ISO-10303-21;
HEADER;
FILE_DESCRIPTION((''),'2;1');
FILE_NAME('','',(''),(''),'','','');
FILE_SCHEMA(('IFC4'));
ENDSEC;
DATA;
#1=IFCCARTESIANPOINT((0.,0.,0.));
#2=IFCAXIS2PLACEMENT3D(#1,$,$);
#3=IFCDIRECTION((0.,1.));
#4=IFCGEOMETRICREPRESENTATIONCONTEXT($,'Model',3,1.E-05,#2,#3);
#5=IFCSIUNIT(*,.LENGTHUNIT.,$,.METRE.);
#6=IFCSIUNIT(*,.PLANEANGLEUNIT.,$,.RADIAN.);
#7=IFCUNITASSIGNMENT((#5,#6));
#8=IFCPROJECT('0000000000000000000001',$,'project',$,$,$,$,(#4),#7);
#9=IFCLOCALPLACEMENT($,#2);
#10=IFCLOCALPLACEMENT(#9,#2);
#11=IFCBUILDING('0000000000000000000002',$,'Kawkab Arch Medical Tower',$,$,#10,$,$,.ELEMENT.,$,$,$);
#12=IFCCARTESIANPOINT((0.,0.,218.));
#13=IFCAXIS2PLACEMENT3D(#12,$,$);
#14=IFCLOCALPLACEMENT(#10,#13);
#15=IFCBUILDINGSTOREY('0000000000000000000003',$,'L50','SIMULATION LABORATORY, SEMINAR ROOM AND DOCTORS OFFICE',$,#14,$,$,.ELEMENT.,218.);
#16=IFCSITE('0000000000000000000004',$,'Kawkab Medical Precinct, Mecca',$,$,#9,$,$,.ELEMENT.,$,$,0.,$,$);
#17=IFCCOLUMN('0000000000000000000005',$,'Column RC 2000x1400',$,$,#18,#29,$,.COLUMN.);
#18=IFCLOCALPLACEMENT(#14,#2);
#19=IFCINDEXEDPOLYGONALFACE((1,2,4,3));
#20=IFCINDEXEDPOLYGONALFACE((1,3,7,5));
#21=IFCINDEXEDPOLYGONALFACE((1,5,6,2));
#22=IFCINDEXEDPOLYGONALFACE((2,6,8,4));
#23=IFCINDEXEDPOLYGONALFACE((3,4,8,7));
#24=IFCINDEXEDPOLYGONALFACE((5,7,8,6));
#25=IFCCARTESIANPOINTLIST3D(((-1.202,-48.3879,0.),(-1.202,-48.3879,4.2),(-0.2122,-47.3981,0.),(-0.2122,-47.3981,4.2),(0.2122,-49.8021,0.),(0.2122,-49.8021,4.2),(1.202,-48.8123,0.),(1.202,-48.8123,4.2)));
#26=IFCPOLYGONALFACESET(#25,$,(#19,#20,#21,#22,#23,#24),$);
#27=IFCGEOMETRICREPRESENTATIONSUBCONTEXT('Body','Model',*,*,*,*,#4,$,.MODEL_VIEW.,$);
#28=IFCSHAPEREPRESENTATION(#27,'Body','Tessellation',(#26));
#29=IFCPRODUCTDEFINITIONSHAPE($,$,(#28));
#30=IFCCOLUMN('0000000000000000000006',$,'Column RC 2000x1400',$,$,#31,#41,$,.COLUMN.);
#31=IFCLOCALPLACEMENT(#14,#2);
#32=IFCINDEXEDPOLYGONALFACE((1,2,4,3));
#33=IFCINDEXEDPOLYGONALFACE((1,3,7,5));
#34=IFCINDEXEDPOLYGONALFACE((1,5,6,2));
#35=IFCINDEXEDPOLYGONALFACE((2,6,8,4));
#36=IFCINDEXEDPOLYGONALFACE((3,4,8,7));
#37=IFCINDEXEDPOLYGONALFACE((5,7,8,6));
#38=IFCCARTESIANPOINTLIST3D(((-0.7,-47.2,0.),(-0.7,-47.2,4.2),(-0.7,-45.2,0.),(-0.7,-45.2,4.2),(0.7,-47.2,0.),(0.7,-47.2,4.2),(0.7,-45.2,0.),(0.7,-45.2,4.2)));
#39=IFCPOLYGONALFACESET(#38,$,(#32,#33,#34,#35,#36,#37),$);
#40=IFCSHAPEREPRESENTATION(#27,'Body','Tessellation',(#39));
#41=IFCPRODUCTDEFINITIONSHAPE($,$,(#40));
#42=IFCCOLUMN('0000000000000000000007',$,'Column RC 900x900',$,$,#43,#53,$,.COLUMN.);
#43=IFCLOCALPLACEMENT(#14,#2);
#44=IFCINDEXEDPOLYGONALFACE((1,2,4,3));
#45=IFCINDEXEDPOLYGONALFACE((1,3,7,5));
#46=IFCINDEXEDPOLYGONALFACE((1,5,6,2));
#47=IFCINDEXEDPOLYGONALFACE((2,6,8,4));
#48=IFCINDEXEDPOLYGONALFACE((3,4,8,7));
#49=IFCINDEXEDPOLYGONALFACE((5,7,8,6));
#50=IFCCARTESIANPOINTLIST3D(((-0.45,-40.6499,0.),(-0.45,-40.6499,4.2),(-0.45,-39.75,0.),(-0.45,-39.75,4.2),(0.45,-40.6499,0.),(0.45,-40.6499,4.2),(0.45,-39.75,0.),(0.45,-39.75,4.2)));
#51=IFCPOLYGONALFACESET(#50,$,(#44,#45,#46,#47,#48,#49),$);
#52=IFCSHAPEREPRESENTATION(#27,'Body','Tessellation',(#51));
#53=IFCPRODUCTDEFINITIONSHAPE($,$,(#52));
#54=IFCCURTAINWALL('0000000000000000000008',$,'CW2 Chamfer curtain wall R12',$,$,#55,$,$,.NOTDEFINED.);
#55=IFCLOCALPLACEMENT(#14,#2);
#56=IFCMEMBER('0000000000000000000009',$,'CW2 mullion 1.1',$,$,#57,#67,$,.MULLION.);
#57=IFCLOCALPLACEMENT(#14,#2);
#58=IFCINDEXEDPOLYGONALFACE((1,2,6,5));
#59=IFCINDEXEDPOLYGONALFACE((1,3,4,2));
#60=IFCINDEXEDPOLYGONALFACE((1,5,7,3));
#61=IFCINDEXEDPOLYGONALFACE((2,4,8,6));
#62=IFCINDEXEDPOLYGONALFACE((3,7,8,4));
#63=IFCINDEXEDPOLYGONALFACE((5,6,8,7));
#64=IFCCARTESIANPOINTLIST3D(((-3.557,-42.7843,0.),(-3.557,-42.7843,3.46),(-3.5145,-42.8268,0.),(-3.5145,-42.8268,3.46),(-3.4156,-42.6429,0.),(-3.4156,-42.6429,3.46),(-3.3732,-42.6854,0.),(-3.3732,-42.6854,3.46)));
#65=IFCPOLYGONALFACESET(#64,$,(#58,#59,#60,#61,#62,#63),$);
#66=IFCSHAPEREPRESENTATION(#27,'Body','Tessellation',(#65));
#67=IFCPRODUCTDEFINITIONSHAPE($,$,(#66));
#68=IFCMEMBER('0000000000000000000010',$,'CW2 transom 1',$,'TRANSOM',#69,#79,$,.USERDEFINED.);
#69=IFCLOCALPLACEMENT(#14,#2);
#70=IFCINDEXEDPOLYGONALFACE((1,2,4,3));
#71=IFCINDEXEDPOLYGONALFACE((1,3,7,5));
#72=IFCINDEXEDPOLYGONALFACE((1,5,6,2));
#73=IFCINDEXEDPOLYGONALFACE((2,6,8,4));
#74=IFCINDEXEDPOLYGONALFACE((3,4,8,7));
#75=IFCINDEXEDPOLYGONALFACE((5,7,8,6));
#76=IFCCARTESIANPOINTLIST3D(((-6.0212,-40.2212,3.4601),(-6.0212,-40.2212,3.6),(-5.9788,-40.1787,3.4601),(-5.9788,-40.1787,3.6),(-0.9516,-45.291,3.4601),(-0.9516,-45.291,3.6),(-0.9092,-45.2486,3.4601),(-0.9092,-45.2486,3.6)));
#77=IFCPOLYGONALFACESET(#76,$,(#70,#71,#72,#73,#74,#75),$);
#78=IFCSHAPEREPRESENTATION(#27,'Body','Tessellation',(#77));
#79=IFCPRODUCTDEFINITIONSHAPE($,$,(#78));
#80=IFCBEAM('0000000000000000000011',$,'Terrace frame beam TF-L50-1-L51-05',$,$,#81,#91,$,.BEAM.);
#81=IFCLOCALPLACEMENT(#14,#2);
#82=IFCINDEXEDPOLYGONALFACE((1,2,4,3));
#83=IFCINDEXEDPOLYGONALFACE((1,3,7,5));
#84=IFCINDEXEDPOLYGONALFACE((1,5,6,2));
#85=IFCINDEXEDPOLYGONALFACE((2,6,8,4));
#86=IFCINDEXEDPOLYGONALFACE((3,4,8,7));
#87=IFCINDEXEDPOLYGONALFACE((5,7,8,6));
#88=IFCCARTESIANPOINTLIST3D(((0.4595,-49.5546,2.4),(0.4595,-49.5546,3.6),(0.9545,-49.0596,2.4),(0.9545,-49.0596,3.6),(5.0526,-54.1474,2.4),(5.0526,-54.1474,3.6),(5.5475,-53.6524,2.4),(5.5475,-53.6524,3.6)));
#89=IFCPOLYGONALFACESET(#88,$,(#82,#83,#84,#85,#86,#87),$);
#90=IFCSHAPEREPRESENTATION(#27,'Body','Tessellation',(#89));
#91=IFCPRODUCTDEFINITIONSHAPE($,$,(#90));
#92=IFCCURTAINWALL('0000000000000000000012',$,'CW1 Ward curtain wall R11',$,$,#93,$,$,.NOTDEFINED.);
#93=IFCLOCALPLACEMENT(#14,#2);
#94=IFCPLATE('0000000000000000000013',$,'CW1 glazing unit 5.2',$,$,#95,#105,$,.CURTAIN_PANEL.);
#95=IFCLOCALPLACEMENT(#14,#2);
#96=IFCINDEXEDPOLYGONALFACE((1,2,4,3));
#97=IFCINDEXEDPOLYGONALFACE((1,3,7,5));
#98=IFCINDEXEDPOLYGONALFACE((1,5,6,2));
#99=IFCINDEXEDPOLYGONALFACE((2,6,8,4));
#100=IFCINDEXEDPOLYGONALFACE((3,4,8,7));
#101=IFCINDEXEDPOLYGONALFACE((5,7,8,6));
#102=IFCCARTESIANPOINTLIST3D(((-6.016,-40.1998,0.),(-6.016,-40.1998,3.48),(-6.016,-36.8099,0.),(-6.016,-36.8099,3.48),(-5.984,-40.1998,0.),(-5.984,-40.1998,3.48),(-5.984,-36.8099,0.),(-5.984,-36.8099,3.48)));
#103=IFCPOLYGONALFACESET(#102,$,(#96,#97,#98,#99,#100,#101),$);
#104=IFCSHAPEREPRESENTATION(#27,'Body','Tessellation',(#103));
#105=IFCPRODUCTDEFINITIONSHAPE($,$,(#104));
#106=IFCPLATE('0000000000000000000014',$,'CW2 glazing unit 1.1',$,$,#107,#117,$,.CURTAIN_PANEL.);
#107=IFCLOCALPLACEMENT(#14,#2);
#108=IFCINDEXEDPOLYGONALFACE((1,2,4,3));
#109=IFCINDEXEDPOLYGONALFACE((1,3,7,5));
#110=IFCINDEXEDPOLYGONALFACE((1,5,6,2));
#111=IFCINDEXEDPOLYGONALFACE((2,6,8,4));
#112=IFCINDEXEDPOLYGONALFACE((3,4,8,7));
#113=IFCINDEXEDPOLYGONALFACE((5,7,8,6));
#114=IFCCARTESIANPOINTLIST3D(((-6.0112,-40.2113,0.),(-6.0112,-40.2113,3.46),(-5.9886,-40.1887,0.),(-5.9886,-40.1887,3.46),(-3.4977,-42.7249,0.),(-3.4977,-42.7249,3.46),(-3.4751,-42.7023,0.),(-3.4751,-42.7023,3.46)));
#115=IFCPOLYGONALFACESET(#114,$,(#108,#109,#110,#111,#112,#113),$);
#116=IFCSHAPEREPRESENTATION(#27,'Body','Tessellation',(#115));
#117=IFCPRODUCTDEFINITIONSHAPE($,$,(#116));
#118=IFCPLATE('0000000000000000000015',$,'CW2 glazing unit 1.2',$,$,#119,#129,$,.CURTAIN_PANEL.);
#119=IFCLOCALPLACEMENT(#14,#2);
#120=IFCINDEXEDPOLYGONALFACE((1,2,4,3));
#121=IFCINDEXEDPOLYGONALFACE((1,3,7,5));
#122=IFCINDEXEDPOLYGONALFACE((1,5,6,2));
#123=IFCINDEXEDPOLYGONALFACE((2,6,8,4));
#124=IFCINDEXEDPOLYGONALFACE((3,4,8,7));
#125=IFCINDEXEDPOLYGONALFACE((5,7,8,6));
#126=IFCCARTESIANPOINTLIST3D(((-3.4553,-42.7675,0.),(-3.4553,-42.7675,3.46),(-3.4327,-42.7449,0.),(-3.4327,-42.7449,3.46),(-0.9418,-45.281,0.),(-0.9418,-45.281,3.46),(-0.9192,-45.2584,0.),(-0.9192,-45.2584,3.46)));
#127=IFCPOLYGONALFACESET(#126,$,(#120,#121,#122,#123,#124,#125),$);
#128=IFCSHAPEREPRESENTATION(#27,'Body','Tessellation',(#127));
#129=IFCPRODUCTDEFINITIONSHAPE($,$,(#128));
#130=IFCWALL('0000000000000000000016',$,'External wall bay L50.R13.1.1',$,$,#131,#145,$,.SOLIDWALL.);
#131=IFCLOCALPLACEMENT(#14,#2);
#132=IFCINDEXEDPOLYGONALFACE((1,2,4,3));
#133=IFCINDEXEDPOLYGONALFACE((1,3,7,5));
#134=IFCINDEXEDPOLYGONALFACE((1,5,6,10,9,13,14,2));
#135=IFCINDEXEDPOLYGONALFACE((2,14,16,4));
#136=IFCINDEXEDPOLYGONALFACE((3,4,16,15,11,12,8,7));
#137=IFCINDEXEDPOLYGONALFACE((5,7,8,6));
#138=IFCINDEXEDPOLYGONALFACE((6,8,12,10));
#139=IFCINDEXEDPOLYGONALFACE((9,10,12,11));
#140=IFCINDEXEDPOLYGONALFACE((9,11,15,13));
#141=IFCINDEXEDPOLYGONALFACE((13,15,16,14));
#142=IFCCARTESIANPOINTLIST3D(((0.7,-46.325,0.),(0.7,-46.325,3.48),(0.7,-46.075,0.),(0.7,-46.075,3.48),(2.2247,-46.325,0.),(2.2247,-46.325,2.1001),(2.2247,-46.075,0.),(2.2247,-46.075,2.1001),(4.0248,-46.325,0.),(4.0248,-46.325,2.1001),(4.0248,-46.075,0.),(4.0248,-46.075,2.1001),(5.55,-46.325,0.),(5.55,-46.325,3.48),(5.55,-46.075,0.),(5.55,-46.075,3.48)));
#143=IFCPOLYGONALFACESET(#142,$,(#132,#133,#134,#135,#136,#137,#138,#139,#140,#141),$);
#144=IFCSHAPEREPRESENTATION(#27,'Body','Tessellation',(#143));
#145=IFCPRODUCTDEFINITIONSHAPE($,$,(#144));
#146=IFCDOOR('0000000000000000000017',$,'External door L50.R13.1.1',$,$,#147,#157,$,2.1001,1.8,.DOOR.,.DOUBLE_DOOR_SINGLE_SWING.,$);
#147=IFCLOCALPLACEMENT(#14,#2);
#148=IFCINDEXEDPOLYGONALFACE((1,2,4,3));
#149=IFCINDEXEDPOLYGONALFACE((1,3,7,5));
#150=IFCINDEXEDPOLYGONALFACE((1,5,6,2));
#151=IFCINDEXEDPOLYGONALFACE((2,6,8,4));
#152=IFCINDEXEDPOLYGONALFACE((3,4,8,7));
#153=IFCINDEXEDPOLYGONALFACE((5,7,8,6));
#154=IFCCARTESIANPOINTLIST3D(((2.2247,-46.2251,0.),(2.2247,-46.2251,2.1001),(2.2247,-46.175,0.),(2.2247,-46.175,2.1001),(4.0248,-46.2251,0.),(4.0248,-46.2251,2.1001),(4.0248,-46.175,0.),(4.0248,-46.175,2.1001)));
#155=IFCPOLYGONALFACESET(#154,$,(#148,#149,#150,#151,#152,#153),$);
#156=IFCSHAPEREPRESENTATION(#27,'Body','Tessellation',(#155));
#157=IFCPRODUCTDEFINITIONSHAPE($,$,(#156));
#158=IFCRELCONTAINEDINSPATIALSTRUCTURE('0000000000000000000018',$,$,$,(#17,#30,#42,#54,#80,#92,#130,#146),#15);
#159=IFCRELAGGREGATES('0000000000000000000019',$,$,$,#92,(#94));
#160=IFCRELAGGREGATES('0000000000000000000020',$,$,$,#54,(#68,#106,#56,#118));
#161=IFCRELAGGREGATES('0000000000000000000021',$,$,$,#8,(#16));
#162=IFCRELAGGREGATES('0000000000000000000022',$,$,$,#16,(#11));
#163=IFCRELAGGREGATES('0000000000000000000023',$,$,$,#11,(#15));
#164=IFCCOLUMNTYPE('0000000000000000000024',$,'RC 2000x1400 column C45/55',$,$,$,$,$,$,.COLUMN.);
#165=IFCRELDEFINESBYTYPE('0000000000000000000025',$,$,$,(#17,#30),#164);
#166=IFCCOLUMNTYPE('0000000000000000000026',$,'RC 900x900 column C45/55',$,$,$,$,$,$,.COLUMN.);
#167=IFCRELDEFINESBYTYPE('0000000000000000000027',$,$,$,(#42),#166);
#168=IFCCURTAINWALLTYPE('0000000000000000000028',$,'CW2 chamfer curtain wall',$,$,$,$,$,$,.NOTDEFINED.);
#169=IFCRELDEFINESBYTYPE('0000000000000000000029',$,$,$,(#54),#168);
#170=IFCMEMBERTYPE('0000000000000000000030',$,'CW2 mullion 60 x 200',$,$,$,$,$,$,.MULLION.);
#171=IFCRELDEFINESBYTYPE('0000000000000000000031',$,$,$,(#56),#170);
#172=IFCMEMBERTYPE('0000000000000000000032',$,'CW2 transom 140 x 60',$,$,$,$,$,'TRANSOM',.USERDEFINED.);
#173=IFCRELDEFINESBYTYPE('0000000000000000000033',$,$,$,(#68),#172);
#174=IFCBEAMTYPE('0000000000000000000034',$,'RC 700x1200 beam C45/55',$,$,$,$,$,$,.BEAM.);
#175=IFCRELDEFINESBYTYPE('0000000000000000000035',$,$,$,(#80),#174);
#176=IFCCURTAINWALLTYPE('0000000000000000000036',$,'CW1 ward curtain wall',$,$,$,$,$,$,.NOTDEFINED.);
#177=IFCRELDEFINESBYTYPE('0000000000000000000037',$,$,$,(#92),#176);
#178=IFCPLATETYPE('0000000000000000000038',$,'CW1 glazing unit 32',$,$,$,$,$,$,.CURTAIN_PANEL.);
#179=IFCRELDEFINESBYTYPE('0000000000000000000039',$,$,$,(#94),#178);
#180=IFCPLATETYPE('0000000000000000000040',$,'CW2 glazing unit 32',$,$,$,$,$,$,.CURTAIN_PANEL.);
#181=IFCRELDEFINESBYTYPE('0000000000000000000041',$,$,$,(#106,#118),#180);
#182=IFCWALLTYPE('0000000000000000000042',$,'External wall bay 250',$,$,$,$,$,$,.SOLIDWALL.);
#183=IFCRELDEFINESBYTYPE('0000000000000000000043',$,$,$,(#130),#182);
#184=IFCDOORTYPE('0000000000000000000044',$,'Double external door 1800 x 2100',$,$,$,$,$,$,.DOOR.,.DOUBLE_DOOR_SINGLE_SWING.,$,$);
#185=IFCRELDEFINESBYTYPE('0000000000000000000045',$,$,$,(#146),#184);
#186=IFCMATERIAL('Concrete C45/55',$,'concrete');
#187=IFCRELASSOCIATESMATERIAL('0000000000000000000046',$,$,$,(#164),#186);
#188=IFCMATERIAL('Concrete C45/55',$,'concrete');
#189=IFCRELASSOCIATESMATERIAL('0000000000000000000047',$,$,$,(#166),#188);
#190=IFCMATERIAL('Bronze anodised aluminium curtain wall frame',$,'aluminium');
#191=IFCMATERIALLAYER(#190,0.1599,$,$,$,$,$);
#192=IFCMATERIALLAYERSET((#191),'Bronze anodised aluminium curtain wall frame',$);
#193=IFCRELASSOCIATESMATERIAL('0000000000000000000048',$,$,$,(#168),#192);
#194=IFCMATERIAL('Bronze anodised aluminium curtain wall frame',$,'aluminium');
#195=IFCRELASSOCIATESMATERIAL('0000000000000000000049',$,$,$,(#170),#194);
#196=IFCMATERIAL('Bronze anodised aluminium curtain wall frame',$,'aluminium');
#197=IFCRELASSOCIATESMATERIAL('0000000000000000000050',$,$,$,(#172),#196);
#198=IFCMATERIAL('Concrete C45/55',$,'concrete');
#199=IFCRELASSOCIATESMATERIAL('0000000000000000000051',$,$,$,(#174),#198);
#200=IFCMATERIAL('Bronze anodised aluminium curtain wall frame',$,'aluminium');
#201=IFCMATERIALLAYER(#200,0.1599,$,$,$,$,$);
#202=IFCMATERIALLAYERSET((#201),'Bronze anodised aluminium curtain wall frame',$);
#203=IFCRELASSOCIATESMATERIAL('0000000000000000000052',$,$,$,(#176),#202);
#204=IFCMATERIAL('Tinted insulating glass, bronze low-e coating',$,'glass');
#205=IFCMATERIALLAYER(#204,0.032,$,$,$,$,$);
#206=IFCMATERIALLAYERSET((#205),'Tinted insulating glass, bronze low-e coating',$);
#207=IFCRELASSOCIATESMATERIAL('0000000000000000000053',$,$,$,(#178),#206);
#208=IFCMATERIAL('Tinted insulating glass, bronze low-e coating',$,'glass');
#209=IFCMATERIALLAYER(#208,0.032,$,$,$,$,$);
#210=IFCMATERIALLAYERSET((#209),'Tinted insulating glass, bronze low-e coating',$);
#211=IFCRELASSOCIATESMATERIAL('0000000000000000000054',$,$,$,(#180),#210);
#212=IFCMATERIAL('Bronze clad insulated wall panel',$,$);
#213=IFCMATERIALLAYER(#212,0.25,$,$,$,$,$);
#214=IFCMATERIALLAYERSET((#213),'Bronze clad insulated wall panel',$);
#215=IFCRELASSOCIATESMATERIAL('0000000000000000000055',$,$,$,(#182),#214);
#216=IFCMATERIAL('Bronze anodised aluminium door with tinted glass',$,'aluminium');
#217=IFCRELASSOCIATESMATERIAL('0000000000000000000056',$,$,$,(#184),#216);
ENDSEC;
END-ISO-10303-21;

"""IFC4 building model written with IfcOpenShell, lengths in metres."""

from ifc_helpers import new_model, si_unit, direction, frame, frame_2d, origin, origin_2d, place, context, subcontext, project, spatial, rectangle, extrude, material, layer, layer_set, material_profile, profile_set, type_object, element, fill, aggregate, save


model = new_model("IFC4")

# Units and contexts
model_context = context("Model", 3, precision=1e-05, world=origin(), true_north=direction((0.0, 1.0)))
body_context = subcontext(model_context, "Body", "Model", "MODEL_VIEW")
ifc_project = project(units=[si_unit("LENGTHUNIT", "METRE"), si_unit("PLANEANGLEUNIT", "RADIAN")], contexts=[model_context])

# Site, building, storey
site_placement = place(None, origin())
site = spatial("IfcSite", under=ifc_project, at=site_placement, Name="Kawkab Medical Precinct, Mecca", CompositionType="ELEMENT", RefElevation=0.0)
building_placement = place(site_placement, origin())
building = spatial("IfcBuilding", under=site, at=building_placement, Name="Kawkab Arch Medical Tower", CompositionType="ELEMENT")
storey_placement = place(building_placement, frame((0.0, 0.0, 218.0)))
storey = spatial("IfcBuildingStorey", under=building, at=storey_placement, Name="L50", Description="SIMULATION LABORATORY, SEMINAR ROOM AND DOCTORS OFFICE", CompositionType="ELEMENT", Elevation=218.0)

# Columns
ifc_material_1 = material(Name="Concrete C45/55", Category="concrete")
ifc_material_profile_1 = material_profile(ifc_material_1, rectangle(XDim=2.0, YDim=1.3999, at=origin_2d()), Name="RC 2000x1400")
ifc_profile_set_1 = profile_set([ifc_material_profile_1], Name="Concrete C45/55")
column_type_1 = type_object("IfcColumnType", Name="RC 2000x1400 column C45/55", PredefinedType="COLUMN", material=ifc_profile_set_1)
for number, where, z_axis, x_axis, name in (
    (1, (0.0, -48.6001, 0.0), (0.0, 0.0, 1.0), (-0.707107, 0.707107, 0.0), "Column RC 2000x1400"),
    (2, (0.0, -46.2, 0.0), (0.0, 0.0, 1.0), (0.0, 1.0, 0.0), "Column RC 2000x1400"),
):
    element("IfcColumn", number, at=place(storey_placement, frame(where, z_axis=z_axis, x_axis=x_axis)), inside=storey, type_object=column_type_1, Name=name, PredefinedType="COLUMN", context=body_context, shape_type="SweptSolid", body=[
        extrude(rectangle(XDim=2.0, YDim=1.3999, at=origin_2d()), origin(), (0.0, 0.0, 1.0), 4.2),
    ])
ifc_material_2 = material(Name="Concrete C45/55", Category="concrete")
ifc_material_profile_2 = material_profile(ifc_material_2, rectangle(XDim=0.8999, YDim=0.8999, at=origin_2d()), Name="RC 900x900")
ifc_profile_set_2 = profile_set([ifc_material_profile_2], Name="Concrete C45/55")
column_type_2 = type_object("IfcColumnType", Name="RC 900x900 column C45/55", PredefinedType="COLUMN", material=ifc_profile_set_2)
column_placement = place(storey_placement, frame((0.0, -40.2, 0.0), z_axis=(0.0, 0.0, 1.0), x_axis=(1.0, 0.0, 0.0)))
element("IfcColumn", 3, at=column_placement, inside=storey, type_object=column_type_2, Name="Column RC 900x900", PredefinedType="COLUMN", context=body_context, shape_type="SweptSolid", body=[
    extrude(rectangle(XDim=0.8999, YDim=0.8999, at=origin_2d()), origin(), (0.0, 0.0, 1.0), 4.2),
])

# Curtain wall, members
ifc_material_3 = material(Name="Bronze anodised aluminium curtain wall frame", Category="aluminium")
ifc_layer_1 = layer(ifc_material_3, 0.1599)
ifc_layer_set_1 = layer_set([ifc_layer_1], Name="Bronze anodised aluminium curtain wall frame")
curtain_wall_type_1 = type_object("IfcCurtainWallType", Name="CW2 chamfer curtain wall", PredefinedType="NOTDEFINED", material=ifc_layer_set_1)
placement = place(storey_placement, origin())
curtain_wall_1 = element("IfcCurtainWall", 4, at=placement, inside=storey, type_object=curtain_wall_type_1, Name="CW2 Chamfer curtain wall R12", PredefinedType="NOTDEFINED")
ifc_material_4 = material(Name="Bronze anodised aluminium curtain wall frame", Category="aluminium")
ifc_material_profile_3 = material_profile(ifc_material_4, rectangle(XDim=0.2, YDim=0.0601, at=origin_2d()), Name="AL 60x200")
ifc_profile_set_3 = profile_set([ifc_material_profile_3], Name="Bronze anodised aluminium curtain wall frame")
member_type_1 = type_object("IfcMemberType", Name="CW2 mullion 60 x 200", PredefinedType="MULLION", material=ifc_profile_set_3)
member_1_placement = place(storey_placement, frame((-3.4651, -42.7349, 0.0), z_axis=(0.0, 0.0, 1.0), x_axis=(0.707107, 0.707107, 0.0)))
member_1 = element("IfcMember", 5, at=member_1_placement, type_object=member_type_1, Name="CW2 mullion 1.1", PredefinedType="MULLION", context=body_context, shape_type="SweptSolid", body=[
    extrude(rectangle(XDim=0.2, YDim=0.0601, at=origin_2d()), origin(), (0.0, 0.0, 1.0), 3.46),
])
ifc_material_5 = material(Name="Bronze anodised aluminium curtain wall frame", Category="aluminium")
ifc_material_profile_4 = material_profile(ifc_material_5, rectangle(XDim=0.0601, YDim=0.1399, at=origin_2d()), Name="AL 60x140")
ifc_profile_set_4 = profile_set([ifc_material_profile_4], Name="Bronze anodised aluminium curtain wall frame")
member_type_2 = type_object("IfcMemberType", Name="CW2 transom 140 x 60", ElementType="TRANSOM", PredefinedType="USERDEFINED", material=ifc_profile_set_4)
member_2_placement = place(storey_placement, frame((-6.0, -40.2, 3.53), z_axis=(0.70709, -0.707124, 0.0), x_axis=(0.707124, 0.70709, 0.0)))
member_2 = element("IfcMember", 6, at=member_2_placement, type_object=member_type_2, Name="CW2 transom 1", ObjectType="TRANSOM", PredefinedType="USERDEFINED", context=body_context, shape_type="SweptSolid", body=[
    extrude(rectangle(XDim=0.0601, YDim=0.1399, at=origin_2d()), origin(), (0.0, 0.0, 1.0), 7.1697),
])

# Beam
ifc_material_6 = material(Name="Concrete C45/55", Category="concrete")
ifc_material_profile_5 = material_profile(ifc_material_6, rectangle(XDim=0.7, YDim=1.2, at=origin_2d()), Name="RC 700x1200")
ifc_profile_set_5 = profile_set([ifc_material_profile_5], Name="Concrete C45/55")
beam_type = type_object("IfcBeamType", Name="RC 700x1200 beam C45/55", PredefinedType="BEAM", material=ifc_profile_set_5)
beam_placement = place(storey_placement, frame((5.3, -53.8999, 3.0), z_axis=(-0.707126, 0.707088, 0.0), x_axis=(-0.707088, -0.707126, 0.0)))
element("IfcBeam", 7, at=beam_placement, inside=storey, type_object=beam_type, Name="Terrace frame beam TF-L50-1-L51-05", PredefinedType="BEAM", context=body_context, shape_type="SweptSolid", body=[
    extrude(rectangle(XDim=0.7, YDim=1.2, at=origin_2d()), origin(), (0.0, 0.0, 1.0), 6.4954),
])

# Curtain wall, plate
ifc_material_7 = material(Name="Bronze anodised aluminium curtain wall frame", Category="aluminium")
ifc_layer_2 = layer(ifc_material_7, 0.1599)
ifc_layer_set_2 = layer_set([ifc_layer_2], Name="Bronze anodised aluminium curtain wall frame")
curtain_wall_type_2 = type_object("IfcCurtainWallType", Name="CW1 ward curtain wall", PredefinedType="NOTDEFINED", material=ifc_layer_set_2)
curtain_wall_2 = element("IfcCurtainWall", 8, at=placement, inside=storey, type_object=curtain_wall_type_2, Name="CW1 Ward curtain wall R11", PredefinedType="NOTDEFINED")
ifc_material_8 = material(Name="Tinted insulating glass, bronze low-e coating", Category="glass")
ifc_layer_3 = layer(ifc_material_8, 0.032)
ifc_layer_set_3 = layer_set([ifc_layer_3], Name="Tinted insulating glass, bronze low-e coating")
plate_type_1 = type_object("IfcPlateType", Name="CW1 glazing unit 32", PredefinedType="CURTAIN_PANEL", material=ifc_layer_set_3)
plate_1_placement = place(storey_placement, frame((-6.0, -38.5049, 0.0), z_axis=(0.0, 0.0, 1.0), x_axis=(0.0, -1.0, 0.0)))
plate_1 = element("IfcPlate", 9, at=plate_1_placement, type_object=plate_type_1, Name="CW1 glazing unit 5.2", PredefinedType="CURTAIN_PANEL", context=body_context, shape_type="SweptSolid", body=[
    extrude(rectangle(XDim=3.3899, YDim=0.032, at=origin_2d()), origin(), (0.0, 0.0, 1.0), 3.48),
])
aggregate(curtain_wall_2, [plate_1])

# Plates
ifc_material_9 = material(Name="Tinted insulating glass, bronze low-e coating", Category="glass")
ifc_layer_4 = layer(ifc_material_9, 0.032)
ifc_layer_set_4 = layer_set([ifc_layer_4], Name="Tinted insulating glass, bronze low-e coating")
plate_type_2 = type_object("IfcPlateType", Name="CW2 glazing unit 32", PredefinedType="CURTAIN_PANEL", material=ifc_layer_set_4)
plate_2_placement = place(storey_placement, frame((-4.7432, -41.4568, 0.0), z_axis=(0.0, 0.0, 1.0), x_axis=(0.707107, -0.707107, 0.0)))
plate_2 = element("IfcPlate", 10, at=plate_2_placement, type_object=plate_type_2, Name="CW2 glazing unit 1.1", PredefinedType="CURTAIN_PANEL", context=body_context, shape_type="SweptSolid", body=[
    extrude(rectangle(XDim=3.5547, YDim=0.032, at=origin_2d()), origin(), (0.0, 0.0, 1.0), 3.46),
])
plate_3_placement = place(storey_placement, frame((-2.1873, -44.0129, 0.0), z_axis=(0.0, 0.0, 1.0), x_axis=(0.707107, -0.707107, 0.0)))
plate_3 = element("IfcPlate", 11, at=plate_3_placement, type_object=plate_type_2, Name="CW2 glazing unit 1.2", PredefinedType="CURTAIN_PANEL", context=body_context, shape_type="SweptSolid", body=[
    extrude(rectangle(XDim=3.5547, YDim=0.032, at=origin_2d()), origin(), (0.0, 0.0, 1.0), 3.46),
])
aggregate(curtain_wall_1, [member_2, plate_2, member_1, plate_3])

# Wall, opening, door
ifc_material_10 = material(Name="Bronze clad insulated wall panel")
ifc_layer_5 = layer(ifc_material_10, 0.25)
ifc_layer_set_5 = layer_set([ifc_layer_5], Name="Bronze clad insulated wall panel")
wall_type_1 = type_object("IfcWallType", Name="External wall bay 250", PredefinedType="SOLIDWALL", material=ifc_layer_set_5)
wall_1_placement = place(storey_placement, frame((0.7, -46.2, 0.0), z_axis=(0.0, 0.0, 1.0), x_axis=(1.0, 0.0, 0.0)))
wall_1 = element("IfcWall", 12, at=wall_1_placement, inside=storey, type_object=wall_type_1, Name="External wall bay L50.R13.1.1", PredefinedType="SOLIDWALL", context=body_context, shape_type="SweptSolid", body=[
    extrude(rectangle(XDim=4.8501, YDim=0.25, at=frame_2d((2.425, 0.0))), origin(), (0.0, 0.0, 1.0), 3.48),
])
opening_1_placement = place(wall_1_placement, frame((1.5249, 0.0, 0.0)))
opening_1 = element("IfcOpeningElement", 13, at=opening_1_placement, cuts=wall_1, PredefinedType="OPENING", context=body_context, shape_type="SweptSolid", body=[
    extrude(rectangle(XDim=1.8, YDim=2.1001, at=frame_2d((0.8999, 1.05))), frame((0.0, 0.135, 0.0), z_axis=(0.0, -1.0, 0.0), x_axis=(1.0, 0.0, 0.0)), (0.0, 0.0, 1.0), 0.27),
])
ifc_material_11 = material(Name="Bronze anodised aluminium door with tinted glass", Category="aluminium")
door_type_1 = type_object("IfcDoorType", Name="Double external door 1800 x 2100", OperationType="DOUBLE_DOOR_SINGLE_SWING", PredefinedType="DOOR", material=ifc_material_11)
door_1_placement = place(opening_1_placement, origin())
door_1 = element("IfcDoor", 14, at=door_1_placement, inside=storey, type_object=door_type_1, Name="External door L50.R13.1.1", OperationType="DOUBLE_DOOR_SINGLE_SWING", OverallHeight=2.1001, OverallWidth=1.8, PredefinedType="DOOR", context=body_context, shape_type="SweptSolid", body=[
    extrude(rectangle(XDim=1.8, YDim=2.1001, at=frame_2d((0.8999, 1.05))), frame((0.0, 0.0249, 0.0), z_axis=(0.0, -1.0, 0.0), x_axis=(1.0, 0.0, 0.0)), (0.0, 0.0, 1.0), 0.05),
])
fill(opening_1, door_1)

save(model, "model.ifc")
